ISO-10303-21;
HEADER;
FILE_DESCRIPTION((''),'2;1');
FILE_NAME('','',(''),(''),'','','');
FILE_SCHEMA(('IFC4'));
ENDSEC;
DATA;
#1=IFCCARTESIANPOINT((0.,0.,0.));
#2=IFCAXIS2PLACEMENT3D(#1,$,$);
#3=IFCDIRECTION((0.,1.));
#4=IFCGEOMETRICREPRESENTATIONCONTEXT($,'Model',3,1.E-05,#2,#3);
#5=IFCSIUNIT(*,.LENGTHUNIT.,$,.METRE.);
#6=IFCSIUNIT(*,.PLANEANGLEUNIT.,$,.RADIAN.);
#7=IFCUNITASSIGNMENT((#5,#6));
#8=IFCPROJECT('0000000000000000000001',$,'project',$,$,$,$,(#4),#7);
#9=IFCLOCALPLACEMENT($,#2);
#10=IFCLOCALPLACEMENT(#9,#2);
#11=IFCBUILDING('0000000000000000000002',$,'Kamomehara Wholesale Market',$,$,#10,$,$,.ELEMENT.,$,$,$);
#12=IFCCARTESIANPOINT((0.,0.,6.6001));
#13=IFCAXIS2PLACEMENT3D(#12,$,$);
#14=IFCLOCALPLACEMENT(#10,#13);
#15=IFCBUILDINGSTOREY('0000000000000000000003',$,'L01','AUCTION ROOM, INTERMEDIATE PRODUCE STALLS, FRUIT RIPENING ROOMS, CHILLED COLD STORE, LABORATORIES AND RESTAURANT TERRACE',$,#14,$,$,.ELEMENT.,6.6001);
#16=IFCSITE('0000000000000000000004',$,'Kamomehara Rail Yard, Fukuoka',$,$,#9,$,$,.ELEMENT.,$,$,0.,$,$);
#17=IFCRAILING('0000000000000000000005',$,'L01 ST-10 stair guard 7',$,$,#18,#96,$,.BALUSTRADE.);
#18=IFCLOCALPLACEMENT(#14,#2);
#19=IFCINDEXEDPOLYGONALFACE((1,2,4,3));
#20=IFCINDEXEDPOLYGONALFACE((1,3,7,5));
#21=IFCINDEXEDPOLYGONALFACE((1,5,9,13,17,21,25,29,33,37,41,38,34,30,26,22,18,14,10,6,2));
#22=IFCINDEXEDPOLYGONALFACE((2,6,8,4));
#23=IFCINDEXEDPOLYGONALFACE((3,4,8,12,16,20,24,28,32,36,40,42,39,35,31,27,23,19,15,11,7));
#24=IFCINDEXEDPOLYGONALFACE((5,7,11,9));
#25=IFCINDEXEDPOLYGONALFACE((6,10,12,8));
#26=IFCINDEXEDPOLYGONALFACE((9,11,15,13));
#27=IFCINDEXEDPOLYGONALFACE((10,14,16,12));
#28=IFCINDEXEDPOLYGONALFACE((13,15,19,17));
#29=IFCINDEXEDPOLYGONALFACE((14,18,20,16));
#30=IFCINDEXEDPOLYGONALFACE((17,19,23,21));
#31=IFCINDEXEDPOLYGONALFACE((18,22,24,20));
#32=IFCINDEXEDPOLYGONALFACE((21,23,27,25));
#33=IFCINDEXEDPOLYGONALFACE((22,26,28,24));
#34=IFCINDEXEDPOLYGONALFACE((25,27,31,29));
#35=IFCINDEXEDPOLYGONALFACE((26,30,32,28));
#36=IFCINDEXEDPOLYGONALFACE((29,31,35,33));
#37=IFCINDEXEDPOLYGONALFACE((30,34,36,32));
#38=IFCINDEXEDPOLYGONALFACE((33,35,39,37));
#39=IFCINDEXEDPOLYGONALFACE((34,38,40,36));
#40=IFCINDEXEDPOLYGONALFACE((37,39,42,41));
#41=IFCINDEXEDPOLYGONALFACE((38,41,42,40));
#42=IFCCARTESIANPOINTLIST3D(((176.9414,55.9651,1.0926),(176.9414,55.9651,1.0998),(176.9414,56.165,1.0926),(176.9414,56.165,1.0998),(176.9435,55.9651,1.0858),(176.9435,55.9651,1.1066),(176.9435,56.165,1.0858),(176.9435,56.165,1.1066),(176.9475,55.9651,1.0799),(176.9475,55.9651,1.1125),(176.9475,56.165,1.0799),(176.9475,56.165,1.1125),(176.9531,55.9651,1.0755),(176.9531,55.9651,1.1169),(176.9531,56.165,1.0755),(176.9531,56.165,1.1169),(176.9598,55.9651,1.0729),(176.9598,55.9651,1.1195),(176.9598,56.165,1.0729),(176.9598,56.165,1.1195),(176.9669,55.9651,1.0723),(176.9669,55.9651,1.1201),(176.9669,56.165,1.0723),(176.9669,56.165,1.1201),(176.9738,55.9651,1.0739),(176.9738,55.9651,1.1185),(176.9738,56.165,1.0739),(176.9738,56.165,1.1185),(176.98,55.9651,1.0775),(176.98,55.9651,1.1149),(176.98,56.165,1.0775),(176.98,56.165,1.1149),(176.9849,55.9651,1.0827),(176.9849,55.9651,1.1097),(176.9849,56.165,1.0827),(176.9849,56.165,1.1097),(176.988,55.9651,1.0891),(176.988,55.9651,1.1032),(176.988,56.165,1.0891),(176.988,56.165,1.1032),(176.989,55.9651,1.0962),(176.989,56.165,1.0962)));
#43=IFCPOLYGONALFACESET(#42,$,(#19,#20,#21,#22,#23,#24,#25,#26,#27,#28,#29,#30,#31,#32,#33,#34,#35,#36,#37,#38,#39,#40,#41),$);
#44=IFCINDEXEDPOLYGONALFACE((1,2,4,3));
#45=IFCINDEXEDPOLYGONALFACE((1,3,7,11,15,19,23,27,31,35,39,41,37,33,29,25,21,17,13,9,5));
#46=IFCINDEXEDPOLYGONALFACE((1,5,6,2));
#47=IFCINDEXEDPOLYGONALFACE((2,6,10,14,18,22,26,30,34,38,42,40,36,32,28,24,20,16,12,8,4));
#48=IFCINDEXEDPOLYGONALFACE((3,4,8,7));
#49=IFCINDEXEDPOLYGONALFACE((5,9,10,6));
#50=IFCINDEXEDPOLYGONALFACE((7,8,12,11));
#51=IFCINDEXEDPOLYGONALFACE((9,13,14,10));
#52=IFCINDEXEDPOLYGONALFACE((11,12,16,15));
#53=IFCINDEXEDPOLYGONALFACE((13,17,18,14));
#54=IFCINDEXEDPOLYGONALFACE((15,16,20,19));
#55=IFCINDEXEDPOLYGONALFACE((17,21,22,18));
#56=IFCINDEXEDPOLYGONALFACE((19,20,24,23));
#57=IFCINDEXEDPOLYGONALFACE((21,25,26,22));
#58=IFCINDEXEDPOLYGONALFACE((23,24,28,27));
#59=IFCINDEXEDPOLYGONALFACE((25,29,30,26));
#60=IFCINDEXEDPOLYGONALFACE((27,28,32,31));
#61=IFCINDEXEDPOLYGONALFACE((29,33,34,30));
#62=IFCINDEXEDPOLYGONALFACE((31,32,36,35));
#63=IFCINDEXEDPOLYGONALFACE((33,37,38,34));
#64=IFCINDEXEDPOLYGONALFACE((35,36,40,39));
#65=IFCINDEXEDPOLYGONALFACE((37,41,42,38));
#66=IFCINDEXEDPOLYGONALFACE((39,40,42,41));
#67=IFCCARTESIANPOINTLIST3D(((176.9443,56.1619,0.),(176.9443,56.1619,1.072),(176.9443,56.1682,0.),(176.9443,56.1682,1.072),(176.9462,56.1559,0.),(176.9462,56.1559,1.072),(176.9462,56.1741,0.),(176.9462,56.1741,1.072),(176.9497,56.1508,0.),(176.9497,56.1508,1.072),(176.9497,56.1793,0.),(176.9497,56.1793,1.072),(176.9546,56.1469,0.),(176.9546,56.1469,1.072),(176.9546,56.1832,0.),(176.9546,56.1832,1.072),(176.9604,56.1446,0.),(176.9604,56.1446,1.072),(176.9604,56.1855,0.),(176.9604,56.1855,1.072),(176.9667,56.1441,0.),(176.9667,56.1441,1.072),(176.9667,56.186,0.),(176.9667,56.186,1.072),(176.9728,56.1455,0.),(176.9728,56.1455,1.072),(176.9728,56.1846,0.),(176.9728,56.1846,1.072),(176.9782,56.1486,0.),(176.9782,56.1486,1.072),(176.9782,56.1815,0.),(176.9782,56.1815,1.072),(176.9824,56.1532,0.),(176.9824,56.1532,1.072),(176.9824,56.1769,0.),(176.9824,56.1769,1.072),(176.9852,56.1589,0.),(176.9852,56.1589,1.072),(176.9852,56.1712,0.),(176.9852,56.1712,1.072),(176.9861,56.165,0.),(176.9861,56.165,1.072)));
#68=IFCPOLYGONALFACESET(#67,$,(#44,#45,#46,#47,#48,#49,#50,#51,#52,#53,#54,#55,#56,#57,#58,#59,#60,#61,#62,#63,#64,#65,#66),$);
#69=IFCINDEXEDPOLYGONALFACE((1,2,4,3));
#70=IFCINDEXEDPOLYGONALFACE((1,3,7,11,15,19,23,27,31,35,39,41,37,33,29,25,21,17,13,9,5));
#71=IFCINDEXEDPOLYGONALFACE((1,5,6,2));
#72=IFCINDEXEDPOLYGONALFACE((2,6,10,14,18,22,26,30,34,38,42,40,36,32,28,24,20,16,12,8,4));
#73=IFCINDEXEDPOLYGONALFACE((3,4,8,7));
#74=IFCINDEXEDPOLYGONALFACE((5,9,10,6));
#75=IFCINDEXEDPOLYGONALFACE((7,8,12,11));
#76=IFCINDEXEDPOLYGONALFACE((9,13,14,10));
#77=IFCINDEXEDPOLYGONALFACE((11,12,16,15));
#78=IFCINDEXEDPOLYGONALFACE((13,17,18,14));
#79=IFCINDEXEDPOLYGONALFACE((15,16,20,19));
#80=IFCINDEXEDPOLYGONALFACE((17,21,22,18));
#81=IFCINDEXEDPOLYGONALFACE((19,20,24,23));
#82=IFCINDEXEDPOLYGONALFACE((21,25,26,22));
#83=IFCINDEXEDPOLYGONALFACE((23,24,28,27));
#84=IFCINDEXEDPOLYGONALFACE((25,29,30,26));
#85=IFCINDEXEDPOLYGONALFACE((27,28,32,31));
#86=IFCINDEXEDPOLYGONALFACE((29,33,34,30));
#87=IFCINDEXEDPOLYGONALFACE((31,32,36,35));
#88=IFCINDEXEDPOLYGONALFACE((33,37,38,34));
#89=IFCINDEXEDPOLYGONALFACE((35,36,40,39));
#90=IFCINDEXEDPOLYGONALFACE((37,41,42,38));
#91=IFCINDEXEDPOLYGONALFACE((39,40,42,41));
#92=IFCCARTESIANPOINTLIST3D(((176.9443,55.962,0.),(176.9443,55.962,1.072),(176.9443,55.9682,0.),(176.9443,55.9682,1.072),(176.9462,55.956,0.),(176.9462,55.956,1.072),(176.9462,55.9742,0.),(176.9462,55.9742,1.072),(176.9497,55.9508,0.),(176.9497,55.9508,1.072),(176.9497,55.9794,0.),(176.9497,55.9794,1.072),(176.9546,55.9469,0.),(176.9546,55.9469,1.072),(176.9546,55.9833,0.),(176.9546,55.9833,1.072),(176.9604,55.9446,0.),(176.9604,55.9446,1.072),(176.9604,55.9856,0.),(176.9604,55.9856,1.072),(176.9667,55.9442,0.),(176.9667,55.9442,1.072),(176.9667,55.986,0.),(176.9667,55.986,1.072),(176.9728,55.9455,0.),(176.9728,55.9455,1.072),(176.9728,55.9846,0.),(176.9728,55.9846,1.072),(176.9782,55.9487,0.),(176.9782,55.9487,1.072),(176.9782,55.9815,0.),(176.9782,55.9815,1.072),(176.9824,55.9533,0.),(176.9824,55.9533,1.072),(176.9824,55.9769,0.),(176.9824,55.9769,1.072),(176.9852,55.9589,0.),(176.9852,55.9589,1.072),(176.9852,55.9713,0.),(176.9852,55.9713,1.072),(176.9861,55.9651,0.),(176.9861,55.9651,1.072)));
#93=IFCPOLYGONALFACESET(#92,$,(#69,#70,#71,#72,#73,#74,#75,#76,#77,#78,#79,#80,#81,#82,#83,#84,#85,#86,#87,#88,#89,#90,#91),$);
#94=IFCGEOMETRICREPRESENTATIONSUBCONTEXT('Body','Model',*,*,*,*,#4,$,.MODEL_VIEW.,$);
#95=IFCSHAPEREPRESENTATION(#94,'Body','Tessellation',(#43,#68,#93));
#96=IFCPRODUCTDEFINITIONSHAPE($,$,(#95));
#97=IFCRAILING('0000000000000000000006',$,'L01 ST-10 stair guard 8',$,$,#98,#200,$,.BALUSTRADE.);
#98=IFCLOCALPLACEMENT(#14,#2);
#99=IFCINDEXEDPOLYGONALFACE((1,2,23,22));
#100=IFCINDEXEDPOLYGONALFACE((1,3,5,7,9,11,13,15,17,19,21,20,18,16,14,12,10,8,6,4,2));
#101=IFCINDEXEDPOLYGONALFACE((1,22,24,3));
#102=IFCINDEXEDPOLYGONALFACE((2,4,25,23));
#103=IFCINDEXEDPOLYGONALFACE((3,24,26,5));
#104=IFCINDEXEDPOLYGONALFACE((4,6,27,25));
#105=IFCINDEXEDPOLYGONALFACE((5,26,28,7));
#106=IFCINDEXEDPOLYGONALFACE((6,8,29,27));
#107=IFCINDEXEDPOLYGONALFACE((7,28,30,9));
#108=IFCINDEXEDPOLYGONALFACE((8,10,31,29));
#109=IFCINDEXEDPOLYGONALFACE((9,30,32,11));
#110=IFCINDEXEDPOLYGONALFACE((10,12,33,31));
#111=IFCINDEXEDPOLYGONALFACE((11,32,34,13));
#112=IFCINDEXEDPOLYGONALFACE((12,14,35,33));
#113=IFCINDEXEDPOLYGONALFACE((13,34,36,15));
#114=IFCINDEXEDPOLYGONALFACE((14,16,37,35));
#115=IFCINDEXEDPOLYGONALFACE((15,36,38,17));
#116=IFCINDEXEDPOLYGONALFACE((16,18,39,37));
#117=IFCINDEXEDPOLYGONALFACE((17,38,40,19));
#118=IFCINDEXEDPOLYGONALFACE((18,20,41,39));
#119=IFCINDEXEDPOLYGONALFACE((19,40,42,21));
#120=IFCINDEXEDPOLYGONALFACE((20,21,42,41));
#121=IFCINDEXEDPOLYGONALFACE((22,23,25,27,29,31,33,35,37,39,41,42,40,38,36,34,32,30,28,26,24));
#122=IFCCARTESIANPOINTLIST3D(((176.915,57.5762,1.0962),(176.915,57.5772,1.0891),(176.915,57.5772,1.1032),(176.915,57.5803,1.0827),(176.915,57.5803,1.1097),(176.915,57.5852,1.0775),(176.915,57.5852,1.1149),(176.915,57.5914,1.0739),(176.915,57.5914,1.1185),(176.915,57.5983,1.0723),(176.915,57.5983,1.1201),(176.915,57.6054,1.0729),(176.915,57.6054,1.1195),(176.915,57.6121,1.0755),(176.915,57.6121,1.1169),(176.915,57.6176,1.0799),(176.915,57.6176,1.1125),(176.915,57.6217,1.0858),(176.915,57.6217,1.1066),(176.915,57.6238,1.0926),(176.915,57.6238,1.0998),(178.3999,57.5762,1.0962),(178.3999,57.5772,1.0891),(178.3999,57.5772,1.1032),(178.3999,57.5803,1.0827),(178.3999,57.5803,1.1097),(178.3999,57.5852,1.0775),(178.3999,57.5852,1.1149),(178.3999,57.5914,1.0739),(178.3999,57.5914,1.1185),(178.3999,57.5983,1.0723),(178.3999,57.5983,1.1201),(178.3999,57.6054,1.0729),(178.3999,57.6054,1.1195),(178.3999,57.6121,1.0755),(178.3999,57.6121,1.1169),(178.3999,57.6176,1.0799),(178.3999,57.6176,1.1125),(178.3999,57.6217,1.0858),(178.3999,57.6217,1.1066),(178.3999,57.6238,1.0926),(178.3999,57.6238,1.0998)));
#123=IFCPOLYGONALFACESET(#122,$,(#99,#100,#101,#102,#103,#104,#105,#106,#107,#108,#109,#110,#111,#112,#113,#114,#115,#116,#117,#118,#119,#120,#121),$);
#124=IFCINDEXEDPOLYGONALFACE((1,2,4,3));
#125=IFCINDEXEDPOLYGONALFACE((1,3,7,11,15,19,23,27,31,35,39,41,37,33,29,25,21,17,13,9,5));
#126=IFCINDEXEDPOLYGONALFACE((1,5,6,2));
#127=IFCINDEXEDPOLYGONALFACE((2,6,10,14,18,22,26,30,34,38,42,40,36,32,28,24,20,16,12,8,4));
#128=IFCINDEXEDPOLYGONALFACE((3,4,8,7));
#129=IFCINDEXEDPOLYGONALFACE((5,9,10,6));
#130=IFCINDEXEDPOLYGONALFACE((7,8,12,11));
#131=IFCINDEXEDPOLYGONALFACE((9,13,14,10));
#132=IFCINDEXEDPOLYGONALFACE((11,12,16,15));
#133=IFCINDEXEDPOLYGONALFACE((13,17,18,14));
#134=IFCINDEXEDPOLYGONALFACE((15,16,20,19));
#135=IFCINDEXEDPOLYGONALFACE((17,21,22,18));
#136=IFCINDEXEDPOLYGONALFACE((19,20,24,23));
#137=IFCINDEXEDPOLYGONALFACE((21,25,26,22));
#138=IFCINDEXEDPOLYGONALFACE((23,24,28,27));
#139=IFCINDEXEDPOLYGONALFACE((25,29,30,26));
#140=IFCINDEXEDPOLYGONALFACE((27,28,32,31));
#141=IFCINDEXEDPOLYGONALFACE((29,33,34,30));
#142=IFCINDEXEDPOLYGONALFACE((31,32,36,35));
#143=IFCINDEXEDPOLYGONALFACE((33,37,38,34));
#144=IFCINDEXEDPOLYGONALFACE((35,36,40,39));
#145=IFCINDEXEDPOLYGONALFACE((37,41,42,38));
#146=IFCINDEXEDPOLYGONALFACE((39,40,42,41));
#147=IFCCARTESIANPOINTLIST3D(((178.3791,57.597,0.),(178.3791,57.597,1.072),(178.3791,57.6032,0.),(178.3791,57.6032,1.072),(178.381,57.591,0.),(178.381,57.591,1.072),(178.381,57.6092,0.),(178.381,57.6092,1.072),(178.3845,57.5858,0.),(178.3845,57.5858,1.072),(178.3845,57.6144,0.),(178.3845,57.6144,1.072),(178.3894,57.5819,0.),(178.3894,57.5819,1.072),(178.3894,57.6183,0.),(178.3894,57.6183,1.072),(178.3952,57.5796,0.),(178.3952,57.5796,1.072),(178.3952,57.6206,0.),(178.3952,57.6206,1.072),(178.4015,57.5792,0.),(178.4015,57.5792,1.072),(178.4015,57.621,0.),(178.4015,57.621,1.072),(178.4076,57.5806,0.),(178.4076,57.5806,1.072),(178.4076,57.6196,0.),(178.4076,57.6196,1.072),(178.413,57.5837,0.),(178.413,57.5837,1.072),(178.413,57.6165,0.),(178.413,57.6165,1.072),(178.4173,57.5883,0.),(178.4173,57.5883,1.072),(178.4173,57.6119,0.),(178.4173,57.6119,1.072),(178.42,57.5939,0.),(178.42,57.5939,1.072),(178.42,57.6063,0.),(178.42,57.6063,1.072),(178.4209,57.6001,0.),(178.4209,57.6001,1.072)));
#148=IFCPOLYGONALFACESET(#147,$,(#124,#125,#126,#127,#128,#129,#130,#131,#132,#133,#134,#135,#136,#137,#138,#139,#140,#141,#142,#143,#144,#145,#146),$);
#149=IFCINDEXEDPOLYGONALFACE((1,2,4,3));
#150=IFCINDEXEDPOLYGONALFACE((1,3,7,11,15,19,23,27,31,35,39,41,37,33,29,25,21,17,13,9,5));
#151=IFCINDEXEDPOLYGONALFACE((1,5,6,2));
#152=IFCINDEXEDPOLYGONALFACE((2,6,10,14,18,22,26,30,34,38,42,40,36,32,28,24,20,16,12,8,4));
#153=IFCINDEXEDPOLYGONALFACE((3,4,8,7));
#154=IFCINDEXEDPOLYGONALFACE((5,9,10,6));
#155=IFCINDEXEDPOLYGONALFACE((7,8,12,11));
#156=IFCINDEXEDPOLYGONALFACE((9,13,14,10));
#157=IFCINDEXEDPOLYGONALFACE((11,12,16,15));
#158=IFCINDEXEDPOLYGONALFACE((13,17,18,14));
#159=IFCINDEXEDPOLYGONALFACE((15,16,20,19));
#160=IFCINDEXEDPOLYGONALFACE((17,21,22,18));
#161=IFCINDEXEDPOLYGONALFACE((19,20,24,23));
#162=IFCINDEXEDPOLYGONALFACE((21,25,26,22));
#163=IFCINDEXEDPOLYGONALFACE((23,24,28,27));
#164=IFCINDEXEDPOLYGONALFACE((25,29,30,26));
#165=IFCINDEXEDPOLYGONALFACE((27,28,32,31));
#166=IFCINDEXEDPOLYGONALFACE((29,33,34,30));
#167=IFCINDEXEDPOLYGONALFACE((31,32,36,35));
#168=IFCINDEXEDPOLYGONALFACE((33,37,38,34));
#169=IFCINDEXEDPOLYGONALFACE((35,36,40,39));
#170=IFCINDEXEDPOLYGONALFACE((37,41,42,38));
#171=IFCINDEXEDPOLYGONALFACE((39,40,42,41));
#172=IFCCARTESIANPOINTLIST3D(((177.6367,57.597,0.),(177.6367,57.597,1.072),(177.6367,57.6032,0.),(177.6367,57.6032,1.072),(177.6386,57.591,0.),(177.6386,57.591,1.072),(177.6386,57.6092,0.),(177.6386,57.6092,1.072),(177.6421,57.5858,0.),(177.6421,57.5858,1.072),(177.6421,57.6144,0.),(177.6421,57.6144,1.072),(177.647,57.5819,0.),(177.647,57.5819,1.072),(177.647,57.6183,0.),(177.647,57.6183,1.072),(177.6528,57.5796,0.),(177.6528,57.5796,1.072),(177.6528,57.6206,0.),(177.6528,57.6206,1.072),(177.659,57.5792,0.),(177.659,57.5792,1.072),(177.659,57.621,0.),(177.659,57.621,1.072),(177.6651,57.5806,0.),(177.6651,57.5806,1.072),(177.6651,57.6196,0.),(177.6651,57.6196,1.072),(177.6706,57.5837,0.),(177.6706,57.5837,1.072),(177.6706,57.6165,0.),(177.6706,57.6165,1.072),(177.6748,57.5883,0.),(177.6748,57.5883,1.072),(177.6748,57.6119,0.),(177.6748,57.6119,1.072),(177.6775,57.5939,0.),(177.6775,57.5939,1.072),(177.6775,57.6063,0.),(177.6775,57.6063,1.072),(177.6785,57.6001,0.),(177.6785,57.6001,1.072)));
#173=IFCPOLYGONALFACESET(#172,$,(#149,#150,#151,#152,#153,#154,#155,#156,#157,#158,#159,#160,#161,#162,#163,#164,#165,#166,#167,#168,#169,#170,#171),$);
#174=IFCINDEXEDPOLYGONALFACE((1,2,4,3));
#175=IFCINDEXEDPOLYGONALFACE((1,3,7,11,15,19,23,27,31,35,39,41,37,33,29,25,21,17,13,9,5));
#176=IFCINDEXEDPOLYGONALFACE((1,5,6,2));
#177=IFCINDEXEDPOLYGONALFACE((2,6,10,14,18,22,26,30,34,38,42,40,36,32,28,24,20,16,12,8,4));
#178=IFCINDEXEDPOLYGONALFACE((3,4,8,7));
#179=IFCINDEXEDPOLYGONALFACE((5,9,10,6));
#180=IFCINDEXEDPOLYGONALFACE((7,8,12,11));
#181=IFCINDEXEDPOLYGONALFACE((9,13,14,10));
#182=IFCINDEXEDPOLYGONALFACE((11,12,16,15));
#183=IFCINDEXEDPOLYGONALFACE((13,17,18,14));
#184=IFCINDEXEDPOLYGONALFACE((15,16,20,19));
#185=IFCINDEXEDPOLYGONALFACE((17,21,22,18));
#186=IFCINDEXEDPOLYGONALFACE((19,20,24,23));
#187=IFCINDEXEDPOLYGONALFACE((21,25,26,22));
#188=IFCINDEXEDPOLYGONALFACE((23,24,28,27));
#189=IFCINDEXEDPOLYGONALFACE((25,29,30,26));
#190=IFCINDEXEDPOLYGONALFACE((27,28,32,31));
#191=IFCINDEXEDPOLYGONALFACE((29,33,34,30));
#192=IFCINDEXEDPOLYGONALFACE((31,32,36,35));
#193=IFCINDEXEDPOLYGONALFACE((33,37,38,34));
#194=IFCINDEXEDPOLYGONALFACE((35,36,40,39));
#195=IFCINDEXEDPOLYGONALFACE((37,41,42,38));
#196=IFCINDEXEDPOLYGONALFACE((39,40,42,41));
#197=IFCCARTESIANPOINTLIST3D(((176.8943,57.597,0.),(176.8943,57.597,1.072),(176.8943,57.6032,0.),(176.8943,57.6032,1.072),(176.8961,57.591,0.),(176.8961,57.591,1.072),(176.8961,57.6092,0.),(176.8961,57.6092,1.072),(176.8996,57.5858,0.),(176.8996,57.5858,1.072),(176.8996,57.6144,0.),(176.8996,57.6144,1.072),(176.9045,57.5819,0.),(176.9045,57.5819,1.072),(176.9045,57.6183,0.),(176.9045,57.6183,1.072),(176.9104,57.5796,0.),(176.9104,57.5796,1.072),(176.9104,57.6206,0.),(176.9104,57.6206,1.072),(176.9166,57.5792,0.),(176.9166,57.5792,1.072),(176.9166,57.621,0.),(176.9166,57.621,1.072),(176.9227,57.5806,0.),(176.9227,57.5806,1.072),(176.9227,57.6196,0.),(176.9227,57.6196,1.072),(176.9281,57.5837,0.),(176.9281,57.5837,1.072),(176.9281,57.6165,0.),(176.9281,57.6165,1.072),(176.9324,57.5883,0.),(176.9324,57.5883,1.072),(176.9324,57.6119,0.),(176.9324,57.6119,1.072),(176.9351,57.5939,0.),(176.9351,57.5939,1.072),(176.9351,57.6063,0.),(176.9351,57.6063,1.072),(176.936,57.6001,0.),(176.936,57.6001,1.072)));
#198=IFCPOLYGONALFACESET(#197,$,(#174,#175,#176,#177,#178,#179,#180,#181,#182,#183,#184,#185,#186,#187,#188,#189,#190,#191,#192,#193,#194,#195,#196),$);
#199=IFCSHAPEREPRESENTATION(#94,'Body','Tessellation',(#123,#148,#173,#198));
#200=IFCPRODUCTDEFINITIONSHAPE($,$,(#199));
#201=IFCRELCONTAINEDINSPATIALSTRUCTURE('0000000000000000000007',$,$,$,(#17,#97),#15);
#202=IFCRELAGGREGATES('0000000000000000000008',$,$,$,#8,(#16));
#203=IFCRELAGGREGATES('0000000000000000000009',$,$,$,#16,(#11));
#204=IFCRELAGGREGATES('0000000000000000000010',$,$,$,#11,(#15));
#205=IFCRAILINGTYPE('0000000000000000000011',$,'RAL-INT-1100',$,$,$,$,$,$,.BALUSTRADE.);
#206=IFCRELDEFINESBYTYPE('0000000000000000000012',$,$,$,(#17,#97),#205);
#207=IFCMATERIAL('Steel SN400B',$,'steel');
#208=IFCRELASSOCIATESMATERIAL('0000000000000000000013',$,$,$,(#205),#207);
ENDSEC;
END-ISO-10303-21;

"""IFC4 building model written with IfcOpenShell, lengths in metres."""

from ifc_helpers import new_model, si_unit, direction, frame, origin, origin_2d, place, context, subcontext, project, spatial, circle, extrude, material, type_object, element, save


model = new_model("IFC4")

# Units and contexts
model_context = context("Model", 3, precision=1e-05, world=origin(), true_north=direction((0.0, 1.0)))
body_context = subcontext(model_context, "Body", "Model", "MODEL_VIEW")
ifc_project = project(units=[si_unit("LENGTHUNIT", "METRE"), si_unit("PLANEANGLEUNIT", "RADIAN")], contexts=[model_context])

# Site, building, storey
site_placement = place(None, origin())
site = spatial("IfcSite", under=ifc_project, at=site_placement, Name="Kamomehara Rail Yard, Fukuoka", CompositionType="ELEMENT", RefElevation=0.0)
building_placement = place(site_placement, origin())
building = spatial("IfcBuilding", under=site, at=building_placement, Name="Kamomehara Wholesale Market", CompositionType="ELEMENT")
storey_placement = place(building_placement, frame((0.0, 0.0, 6.6001)))
storey = spatial("IfcBuildingStorey", under=building, at=storey_placement, Name="L01", Description="AUCTION ROOM, INTERMEDIATE PRODUCE STALLS, FRUIT RIPENING ROOMS, CHILLED COLD STORE, LABORATORIES AND RESTAURANT TERRACE", CompositionType="ELEMENT", Elevation=6.6001)

# Railings
ifc_material_1 = material(Name="Steel SN400B", Category="steel")
railing_type_1 = type_object("IfcRailingType", Name="RAL-INT-1100", PredefinedType="BALUSTRADE", material=ifc_material_1)
railing_1_placement = place(storey_placement, frame((176.9651, 56.165, 0.0)))
element("IfcRailing", 1, at=railing_1_placement, inside=storey, type_object=railing_type_1, Name="L01 ST-10 stair guard 7", PredefinedType="BALUSTRADE", context=body_context, shape_type="SweptSolid", body=[
    extrude(circle(Radius=0.0239, at=origin_2d()), frame((0.0, 0.0, 1.0962), z_axis=(0.0, -1.0, 0.0), x_axis=(1.0, 0.0, 0.0)), (0.0, 0.0, 1.0), 0.2),
    extrude(circle(Radius=0.021, at=origin_2d()), origin(), (0.0, 0.0, 1.0), 1.072),
    extrude(circle(Radius=0.021, at=origin_2d()), frame((0.0, -0.2, 0.0)), (0.0, 0.0, 1.0), 1.072),
])
for number, where, name in (
    (2, (178.3999, 57.6001, 0.0), "L01 ST-10 stair guard 8"),
):
    element("IfcRailing", number, at=place(storey_placement, frame(where)), inside=storey, type_object=railing_type_1, Name=name, PredefinedType="BALUSTRADE", context=body_context, shape_type="SweptSolid", body=[
        extrude(circle(Radius=0.0239, at=origin_2d()), frame((0.0, 0.0, 1.0962), z_axis=(-1.0, 0.0, 0.0), x_axis=(0.0, -1.0, 0.0)), (0.0, 0.0, 1.0), 1.4849),
        extrude(circle(Radius=0.021, at=origin_2d()), origin(), (0.0, 0.0, 1.0), 1.072),
        extrude(circle(Radius=0.021, at=origin_2d()), frame((-0.7424, 0.0, 0.0)), (0.0, 0.0, 1.0), 1.072),
        extrude(circle(Radius=0.021, at=origin_2d()), frame((-1.4849, 0.0, 0.0)), (0.0, 0.0, 1.0), 1.072),
    ])

save(model, "model.ifc")
